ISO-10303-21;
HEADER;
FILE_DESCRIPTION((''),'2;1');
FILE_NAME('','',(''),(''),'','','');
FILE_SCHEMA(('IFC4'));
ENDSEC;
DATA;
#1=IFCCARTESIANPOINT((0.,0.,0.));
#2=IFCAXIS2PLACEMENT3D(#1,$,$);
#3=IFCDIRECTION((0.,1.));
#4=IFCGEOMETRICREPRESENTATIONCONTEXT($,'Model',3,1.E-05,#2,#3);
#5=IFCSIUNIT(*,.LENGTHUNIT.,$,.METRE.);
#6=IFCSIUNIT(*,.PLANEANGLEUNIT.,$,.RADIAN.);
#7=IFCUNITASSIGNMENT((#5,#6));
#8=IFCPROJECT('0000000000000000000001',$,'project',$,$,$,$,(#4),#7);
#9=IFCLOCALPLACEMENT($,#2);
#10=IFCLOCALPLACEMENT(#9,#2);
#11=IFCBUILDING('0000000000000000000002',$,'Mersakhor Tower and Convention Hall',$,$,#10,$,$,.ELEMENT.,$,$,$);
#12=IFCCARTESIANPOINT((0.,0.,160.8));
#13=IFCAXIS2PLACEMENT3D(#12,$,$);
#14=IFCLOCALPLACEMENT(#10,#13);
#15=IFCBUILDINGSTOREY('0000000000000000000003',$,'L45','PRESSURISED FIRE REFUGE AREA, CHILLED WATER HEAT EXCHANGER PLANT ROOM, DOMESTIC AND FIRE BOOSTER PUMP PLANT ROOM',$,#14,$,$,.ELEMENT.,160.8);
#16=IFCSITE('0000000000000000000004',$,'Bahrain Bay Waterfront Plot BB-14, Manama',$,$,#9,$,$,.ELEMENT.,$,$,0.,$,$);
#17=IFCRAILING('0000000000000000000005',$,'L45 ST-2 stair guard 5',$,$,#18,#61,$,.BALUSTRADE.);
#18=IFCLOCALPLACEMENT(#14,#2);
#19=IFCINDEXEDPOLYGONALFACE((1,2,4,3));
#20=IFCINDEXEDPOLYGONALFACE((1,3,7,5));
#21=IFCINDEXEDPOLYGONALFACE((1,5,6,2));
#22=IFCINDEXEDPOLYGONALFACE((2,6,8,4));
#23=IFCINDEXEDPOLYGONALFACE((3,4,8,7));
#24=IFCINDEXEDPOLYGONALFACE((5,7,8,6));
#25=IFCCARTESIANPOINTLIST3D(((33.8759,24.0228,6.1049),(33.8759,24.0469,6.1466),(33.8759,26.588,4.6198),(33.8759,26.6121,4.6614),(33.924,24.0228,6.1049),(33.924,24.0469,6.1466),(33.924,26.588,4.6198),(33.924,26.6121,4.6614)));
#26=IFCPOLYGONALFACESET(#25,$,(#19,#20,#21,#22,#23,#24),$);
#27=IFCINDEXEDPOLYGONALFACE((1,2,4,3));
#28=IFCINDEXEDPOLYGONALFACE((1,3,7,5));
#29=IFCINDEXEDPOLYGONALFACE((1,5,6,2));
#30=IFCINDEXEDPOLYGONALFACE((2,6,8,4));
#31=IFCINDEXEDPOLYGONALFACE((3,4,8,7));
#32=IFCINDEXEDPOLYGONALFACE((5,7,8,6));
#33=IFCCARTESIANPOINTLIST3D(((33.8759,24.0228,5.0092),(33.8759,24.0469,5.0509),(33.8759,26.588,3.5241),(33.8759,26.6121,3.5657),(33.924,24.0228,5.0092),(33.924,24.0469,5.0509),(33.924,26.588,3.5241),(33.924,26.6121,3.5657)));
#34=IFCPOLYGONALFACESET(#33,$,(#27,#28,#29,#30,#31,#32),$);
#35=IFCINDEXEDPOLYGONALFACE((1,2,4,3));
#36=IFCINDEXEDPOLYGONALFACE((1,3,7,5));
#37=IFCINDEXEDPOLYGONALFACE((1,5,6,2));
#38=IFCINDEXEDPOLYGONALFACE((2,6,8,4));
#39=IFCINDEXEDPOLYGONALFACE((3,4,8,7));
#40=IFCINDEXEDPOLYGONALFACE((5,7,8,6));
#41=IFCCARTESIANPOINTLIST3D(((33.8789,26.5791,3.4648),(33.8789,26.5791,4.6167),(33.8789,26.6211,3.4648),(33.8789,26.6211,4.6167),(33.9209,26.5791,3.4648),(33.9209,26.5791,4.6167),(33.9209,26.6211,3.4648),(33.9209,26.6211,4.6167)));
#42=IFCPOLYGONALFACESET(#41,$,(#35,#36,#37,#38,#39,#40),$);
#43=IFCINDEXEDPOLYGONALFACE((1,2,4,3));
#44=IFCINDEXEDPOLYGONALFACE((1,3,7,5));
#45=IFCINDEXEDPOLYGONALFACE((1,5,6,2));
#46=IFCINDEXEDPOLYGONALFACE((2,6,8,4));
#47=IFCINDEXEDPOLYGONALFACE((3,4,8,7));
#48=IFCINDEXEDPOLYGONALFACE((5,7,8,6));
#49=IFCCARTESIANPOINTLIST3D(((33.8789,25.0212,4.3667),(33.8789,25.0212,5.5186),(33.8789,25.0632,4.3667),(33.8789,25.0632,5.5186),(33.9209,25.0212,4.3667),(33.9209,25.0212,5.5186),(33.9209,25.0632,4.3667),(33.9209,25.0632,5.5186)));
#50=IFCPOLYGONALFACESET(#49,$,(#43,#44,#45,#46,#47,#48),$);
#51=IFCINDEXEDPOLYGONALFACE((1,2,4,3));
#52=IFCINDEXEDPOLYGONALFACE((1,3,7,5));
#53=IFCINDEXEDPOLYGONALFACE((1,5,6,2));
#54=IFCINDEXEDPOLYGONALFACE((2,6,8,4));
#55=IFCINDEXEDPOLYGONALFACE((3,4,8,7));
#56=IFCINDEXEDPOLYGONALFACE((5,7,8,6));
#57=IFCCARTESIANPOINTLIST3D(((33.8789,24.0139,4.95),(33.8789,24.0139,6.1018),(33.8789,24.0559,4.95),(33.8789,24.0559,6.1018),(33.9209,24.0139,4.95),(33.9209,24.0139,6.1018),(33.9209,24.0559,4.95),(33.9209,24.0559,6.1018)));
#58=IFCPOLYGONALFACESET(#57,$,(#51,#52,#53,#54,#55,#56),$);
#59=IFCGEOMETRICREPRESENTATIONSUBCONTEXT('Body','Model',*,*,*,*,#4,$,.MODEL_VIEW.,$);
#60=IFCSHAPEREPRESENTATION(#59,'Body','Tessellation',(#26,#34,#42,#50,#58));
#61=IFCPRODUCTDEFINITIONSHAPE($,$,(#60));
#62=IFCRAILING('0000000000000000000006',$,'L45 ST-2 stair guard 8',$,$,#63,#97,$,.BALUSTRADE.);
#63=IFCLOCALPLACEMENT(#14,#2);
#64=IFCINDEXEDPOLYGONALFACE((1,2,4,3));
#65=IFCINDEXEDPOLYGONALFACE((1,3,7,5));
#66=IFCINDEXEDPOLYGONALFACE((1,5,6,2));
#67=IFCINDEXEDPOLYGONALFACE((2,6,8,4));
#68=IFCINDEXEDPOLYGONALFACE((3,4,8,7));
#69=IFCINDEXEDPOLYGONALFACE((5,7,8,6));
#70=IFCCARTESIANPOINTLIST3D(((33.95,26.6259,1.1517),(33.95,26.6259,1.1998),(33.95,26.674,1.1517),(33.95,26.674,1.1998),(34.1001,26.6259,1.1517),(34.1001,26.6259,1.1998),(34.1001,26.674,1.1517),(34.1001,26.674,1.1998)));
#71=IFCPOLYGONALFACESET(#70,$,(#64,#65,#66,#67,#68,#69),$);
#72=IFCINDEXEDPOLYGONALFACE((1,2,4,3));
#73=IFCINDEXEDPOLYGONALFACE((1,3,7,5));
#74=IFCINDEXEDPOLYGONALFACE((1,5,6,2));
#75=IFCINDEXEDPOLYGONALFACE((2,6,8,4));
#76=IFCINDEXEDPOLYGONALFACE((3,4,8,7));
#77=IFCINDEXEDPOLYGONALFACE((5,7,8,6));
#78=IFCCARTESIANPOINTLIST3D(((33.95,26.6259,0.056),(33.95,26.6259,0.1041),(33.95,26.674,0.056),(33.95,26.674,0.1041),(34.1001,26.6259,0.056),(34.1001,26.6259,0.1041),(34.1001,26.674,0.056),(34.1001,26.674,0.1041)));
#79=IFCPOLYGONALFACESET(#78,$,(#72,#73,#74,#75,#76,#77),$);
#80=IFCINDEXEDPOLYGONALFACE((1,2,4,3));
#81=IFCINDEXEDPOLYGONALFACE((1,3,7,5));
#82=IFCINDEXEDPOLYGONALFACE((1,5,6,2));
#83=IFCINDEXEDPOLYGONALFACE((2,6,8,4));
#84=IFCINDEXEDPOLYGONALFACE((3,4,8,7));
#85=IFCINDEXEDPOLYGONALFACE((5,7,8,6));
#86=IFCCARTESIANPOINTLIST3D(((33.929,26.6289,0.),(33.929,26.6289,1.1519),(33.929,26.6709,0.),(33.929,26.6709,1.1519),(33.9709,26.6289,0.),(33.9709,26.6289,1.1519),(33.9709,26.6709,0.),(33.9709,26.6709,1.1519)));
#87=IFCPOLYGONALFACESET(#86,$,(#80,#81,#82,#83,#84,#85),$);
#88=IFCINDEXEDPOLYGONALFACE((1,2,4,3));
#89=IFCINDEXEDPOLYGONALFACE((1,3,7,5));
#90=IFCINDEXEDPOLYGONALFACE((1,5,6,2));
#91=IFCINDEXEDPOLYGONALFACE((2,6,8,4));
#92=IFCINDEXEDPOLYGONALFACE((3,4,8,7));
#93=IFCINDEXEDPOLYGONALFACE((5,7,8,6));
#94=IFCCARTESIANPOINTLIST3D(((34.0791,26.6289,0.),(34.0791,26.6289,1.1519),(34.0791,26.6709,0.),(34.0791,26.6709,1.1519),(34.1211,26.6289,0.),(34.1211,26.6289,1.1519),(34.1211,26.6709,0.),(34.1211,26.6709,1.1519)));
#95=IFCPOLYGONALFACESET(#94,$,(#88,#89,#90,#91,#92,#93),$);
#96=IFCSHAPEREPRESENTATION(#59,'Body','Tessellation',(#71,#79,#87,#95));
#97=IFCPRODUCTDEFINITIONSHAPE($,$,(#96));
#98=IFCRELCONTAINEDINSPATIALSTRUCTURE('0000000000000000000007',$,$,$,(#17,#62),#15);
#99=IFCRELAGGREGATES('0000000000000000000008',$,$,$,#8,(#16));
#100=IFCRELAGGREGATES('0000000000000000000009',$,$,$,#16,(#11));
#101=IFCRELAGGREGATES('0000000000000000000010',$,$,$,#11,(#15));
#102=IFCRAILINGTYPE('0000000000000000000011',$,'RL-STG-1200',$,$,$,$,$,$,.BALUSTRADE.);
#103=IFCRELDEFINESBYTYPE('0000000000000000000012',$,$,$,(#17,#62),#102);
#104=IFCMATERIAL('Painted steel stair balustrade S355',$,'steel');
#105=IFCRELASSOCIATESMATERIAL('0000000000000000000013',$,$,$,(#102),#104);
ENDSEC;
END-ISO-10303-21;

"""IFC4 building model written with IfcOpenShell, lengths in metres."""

from ifc_helpers import new_model, si_unit, direction, frame, origin, origin_2d, place, context, subcontext, project, spatial, rectangle, extrude, material, type_object, element, save


model = new_model("IFC4")

# Units and contexts
model_context = context("Model", 3, precision=1e-05, world=origin(), true_north=direction((0.0, 1.0)))
body_context = subcontext(model_context, "Body", "Model", "MODEL_VIEW")
ifc_project = project(units=[si_unit("LENGTHUNIT", "METRE"), si_unit("PLANEANGLEUNIT", "RADIAN")], contexts=[model_context])

# Site, building, storey
site_placement = place(None, origin())
site = spatial("IfcSite", under=ifc_project, at=site_placement, Name="Bahrain Bay Waterfront Plot BB-14, Manama", CompositionType="ELEMENT", RefElevation=0.0)
building_placement = place(site_placement, origin())
building = spatial("IfcBuilding", under=site, at=building_placement, Name="Mersakhor Tower and Convention Hall", CompositionType="ELEMENT")
storey_placement = place(building_placement, frame((0.0, 0.0, 160.8)))
storey = spatial("IfcBuildingStorey", under=building, at=storey_placement, Name="L45", Description="PRESSURISED FIRE REFUGE AREA, CHILLED WATER HEAT EXCHANGER PLANT ROOM, DOMESTIC AND FIRE BOOSTER PUMP PLANT ROOM", CompositionType="ELEMENT", Elevation=160.8)

# Railings
ifc_material_1 = material(Name="Painted steel stair balustrade S355", Category="steel")
railing_type_1 = type_object("IfcRailingType", Name="RL-STG-1200", PredefinedType="BALUSTRADE", material=ifc_material_1)
railing_1_placement = place(storey_placement, frame((33.8999, 26.6001, 3.4648)))
element("IfcRailing", 1, at=railing_1_placement, inside=storey, type_object=railing_type_1, Name="L45 ST-2 stair guard 5", PredefinedType="BALUSTRADE", context=body_context, shape_type="SweptSolid", body=[
    extrude(rectangle(XDim=0.0481, YDim=0.0481, at=origin_2d()), frame((0.0, 0.0, 1.1758), z_axis=(0.0, -0.865426, 0.501036), x_axis=(1.0, 0.0, 0.0)), (0.0, 0.0, 1.0), 2.9641),
    extrude(rectangle(XDim=0.0481, YDim=0.0481, at=origin_2d()), frame((0.0, 0.0, 0.0801), z_axis=(0.0, -0.865426, 0.501036), x_axis=(1.0, 0.0, 0.0)), (0.0, 0.0, 1.0), 2.9641),
    extrude(rectangle(XDim=0.042, YDim=0.042, at=origin_2d()), origin(), (0.0, 0.0, 1.0), 1.1519),
    extrude(rectangle(XDim=0.042, YDim=0.042, at=origin_2d()), frame((0.0, -1.5579, 0.9019)), (0.0, 0.0, 1.0), 1.1519),
    extrude(rectangle(XDim=0.042, YDim=0.042, at=origin_2d()), frame((0.0, -2.5652, 1.4851)), (0.0, 0.0, 1.0), 1.1519),
])
railing_2_placement = place(storey_placement, frame((33.95, 26.6499, 0.0)))
element("IfcRailing", 2, at=railing_2_placement, inside=storey, type_object=railing_type_1, Name="L45 ST-2 stair guard 8", PredefinedType="BALUSTRADE", context=body_context, shape_type="SweptSolid", body=[
    extrude(rectangle(XDim=0.0481, YDim=0.0481, at=origin_2d()), frame((0.0, 0.0, 1.1758), z_axis=(1.0, 0.0, 0.0), x_axis=(0.0, 1.0, 0.0)), (0.0, 0.0, 1.0), 0.1501),
    extrude(rectangle(XDim=0.0481, YDim=0.0481, at=origin_2d()), frame((0.0, 0.0, 0.0801), z_axis=(1.0, 0.0, 0.0), x_axis=(0.0, 1.0, 0.0)), (0.0, 0.0, 1.0), 0.1501),
    extrude(rectangle(XDim=0.042, YDim=0.042, at=origin_2d()), origin(), (0.0, 0.0, 1.0), 1.1519),
    extrude(rectangle(XDim=0.042, YDim=0.042, at=origin_2d()), frame((0.1501, 0.0, 0.0)), (0.0, 0.0, 1.0), 1.1519),
])

save(model, "model.ifc")
